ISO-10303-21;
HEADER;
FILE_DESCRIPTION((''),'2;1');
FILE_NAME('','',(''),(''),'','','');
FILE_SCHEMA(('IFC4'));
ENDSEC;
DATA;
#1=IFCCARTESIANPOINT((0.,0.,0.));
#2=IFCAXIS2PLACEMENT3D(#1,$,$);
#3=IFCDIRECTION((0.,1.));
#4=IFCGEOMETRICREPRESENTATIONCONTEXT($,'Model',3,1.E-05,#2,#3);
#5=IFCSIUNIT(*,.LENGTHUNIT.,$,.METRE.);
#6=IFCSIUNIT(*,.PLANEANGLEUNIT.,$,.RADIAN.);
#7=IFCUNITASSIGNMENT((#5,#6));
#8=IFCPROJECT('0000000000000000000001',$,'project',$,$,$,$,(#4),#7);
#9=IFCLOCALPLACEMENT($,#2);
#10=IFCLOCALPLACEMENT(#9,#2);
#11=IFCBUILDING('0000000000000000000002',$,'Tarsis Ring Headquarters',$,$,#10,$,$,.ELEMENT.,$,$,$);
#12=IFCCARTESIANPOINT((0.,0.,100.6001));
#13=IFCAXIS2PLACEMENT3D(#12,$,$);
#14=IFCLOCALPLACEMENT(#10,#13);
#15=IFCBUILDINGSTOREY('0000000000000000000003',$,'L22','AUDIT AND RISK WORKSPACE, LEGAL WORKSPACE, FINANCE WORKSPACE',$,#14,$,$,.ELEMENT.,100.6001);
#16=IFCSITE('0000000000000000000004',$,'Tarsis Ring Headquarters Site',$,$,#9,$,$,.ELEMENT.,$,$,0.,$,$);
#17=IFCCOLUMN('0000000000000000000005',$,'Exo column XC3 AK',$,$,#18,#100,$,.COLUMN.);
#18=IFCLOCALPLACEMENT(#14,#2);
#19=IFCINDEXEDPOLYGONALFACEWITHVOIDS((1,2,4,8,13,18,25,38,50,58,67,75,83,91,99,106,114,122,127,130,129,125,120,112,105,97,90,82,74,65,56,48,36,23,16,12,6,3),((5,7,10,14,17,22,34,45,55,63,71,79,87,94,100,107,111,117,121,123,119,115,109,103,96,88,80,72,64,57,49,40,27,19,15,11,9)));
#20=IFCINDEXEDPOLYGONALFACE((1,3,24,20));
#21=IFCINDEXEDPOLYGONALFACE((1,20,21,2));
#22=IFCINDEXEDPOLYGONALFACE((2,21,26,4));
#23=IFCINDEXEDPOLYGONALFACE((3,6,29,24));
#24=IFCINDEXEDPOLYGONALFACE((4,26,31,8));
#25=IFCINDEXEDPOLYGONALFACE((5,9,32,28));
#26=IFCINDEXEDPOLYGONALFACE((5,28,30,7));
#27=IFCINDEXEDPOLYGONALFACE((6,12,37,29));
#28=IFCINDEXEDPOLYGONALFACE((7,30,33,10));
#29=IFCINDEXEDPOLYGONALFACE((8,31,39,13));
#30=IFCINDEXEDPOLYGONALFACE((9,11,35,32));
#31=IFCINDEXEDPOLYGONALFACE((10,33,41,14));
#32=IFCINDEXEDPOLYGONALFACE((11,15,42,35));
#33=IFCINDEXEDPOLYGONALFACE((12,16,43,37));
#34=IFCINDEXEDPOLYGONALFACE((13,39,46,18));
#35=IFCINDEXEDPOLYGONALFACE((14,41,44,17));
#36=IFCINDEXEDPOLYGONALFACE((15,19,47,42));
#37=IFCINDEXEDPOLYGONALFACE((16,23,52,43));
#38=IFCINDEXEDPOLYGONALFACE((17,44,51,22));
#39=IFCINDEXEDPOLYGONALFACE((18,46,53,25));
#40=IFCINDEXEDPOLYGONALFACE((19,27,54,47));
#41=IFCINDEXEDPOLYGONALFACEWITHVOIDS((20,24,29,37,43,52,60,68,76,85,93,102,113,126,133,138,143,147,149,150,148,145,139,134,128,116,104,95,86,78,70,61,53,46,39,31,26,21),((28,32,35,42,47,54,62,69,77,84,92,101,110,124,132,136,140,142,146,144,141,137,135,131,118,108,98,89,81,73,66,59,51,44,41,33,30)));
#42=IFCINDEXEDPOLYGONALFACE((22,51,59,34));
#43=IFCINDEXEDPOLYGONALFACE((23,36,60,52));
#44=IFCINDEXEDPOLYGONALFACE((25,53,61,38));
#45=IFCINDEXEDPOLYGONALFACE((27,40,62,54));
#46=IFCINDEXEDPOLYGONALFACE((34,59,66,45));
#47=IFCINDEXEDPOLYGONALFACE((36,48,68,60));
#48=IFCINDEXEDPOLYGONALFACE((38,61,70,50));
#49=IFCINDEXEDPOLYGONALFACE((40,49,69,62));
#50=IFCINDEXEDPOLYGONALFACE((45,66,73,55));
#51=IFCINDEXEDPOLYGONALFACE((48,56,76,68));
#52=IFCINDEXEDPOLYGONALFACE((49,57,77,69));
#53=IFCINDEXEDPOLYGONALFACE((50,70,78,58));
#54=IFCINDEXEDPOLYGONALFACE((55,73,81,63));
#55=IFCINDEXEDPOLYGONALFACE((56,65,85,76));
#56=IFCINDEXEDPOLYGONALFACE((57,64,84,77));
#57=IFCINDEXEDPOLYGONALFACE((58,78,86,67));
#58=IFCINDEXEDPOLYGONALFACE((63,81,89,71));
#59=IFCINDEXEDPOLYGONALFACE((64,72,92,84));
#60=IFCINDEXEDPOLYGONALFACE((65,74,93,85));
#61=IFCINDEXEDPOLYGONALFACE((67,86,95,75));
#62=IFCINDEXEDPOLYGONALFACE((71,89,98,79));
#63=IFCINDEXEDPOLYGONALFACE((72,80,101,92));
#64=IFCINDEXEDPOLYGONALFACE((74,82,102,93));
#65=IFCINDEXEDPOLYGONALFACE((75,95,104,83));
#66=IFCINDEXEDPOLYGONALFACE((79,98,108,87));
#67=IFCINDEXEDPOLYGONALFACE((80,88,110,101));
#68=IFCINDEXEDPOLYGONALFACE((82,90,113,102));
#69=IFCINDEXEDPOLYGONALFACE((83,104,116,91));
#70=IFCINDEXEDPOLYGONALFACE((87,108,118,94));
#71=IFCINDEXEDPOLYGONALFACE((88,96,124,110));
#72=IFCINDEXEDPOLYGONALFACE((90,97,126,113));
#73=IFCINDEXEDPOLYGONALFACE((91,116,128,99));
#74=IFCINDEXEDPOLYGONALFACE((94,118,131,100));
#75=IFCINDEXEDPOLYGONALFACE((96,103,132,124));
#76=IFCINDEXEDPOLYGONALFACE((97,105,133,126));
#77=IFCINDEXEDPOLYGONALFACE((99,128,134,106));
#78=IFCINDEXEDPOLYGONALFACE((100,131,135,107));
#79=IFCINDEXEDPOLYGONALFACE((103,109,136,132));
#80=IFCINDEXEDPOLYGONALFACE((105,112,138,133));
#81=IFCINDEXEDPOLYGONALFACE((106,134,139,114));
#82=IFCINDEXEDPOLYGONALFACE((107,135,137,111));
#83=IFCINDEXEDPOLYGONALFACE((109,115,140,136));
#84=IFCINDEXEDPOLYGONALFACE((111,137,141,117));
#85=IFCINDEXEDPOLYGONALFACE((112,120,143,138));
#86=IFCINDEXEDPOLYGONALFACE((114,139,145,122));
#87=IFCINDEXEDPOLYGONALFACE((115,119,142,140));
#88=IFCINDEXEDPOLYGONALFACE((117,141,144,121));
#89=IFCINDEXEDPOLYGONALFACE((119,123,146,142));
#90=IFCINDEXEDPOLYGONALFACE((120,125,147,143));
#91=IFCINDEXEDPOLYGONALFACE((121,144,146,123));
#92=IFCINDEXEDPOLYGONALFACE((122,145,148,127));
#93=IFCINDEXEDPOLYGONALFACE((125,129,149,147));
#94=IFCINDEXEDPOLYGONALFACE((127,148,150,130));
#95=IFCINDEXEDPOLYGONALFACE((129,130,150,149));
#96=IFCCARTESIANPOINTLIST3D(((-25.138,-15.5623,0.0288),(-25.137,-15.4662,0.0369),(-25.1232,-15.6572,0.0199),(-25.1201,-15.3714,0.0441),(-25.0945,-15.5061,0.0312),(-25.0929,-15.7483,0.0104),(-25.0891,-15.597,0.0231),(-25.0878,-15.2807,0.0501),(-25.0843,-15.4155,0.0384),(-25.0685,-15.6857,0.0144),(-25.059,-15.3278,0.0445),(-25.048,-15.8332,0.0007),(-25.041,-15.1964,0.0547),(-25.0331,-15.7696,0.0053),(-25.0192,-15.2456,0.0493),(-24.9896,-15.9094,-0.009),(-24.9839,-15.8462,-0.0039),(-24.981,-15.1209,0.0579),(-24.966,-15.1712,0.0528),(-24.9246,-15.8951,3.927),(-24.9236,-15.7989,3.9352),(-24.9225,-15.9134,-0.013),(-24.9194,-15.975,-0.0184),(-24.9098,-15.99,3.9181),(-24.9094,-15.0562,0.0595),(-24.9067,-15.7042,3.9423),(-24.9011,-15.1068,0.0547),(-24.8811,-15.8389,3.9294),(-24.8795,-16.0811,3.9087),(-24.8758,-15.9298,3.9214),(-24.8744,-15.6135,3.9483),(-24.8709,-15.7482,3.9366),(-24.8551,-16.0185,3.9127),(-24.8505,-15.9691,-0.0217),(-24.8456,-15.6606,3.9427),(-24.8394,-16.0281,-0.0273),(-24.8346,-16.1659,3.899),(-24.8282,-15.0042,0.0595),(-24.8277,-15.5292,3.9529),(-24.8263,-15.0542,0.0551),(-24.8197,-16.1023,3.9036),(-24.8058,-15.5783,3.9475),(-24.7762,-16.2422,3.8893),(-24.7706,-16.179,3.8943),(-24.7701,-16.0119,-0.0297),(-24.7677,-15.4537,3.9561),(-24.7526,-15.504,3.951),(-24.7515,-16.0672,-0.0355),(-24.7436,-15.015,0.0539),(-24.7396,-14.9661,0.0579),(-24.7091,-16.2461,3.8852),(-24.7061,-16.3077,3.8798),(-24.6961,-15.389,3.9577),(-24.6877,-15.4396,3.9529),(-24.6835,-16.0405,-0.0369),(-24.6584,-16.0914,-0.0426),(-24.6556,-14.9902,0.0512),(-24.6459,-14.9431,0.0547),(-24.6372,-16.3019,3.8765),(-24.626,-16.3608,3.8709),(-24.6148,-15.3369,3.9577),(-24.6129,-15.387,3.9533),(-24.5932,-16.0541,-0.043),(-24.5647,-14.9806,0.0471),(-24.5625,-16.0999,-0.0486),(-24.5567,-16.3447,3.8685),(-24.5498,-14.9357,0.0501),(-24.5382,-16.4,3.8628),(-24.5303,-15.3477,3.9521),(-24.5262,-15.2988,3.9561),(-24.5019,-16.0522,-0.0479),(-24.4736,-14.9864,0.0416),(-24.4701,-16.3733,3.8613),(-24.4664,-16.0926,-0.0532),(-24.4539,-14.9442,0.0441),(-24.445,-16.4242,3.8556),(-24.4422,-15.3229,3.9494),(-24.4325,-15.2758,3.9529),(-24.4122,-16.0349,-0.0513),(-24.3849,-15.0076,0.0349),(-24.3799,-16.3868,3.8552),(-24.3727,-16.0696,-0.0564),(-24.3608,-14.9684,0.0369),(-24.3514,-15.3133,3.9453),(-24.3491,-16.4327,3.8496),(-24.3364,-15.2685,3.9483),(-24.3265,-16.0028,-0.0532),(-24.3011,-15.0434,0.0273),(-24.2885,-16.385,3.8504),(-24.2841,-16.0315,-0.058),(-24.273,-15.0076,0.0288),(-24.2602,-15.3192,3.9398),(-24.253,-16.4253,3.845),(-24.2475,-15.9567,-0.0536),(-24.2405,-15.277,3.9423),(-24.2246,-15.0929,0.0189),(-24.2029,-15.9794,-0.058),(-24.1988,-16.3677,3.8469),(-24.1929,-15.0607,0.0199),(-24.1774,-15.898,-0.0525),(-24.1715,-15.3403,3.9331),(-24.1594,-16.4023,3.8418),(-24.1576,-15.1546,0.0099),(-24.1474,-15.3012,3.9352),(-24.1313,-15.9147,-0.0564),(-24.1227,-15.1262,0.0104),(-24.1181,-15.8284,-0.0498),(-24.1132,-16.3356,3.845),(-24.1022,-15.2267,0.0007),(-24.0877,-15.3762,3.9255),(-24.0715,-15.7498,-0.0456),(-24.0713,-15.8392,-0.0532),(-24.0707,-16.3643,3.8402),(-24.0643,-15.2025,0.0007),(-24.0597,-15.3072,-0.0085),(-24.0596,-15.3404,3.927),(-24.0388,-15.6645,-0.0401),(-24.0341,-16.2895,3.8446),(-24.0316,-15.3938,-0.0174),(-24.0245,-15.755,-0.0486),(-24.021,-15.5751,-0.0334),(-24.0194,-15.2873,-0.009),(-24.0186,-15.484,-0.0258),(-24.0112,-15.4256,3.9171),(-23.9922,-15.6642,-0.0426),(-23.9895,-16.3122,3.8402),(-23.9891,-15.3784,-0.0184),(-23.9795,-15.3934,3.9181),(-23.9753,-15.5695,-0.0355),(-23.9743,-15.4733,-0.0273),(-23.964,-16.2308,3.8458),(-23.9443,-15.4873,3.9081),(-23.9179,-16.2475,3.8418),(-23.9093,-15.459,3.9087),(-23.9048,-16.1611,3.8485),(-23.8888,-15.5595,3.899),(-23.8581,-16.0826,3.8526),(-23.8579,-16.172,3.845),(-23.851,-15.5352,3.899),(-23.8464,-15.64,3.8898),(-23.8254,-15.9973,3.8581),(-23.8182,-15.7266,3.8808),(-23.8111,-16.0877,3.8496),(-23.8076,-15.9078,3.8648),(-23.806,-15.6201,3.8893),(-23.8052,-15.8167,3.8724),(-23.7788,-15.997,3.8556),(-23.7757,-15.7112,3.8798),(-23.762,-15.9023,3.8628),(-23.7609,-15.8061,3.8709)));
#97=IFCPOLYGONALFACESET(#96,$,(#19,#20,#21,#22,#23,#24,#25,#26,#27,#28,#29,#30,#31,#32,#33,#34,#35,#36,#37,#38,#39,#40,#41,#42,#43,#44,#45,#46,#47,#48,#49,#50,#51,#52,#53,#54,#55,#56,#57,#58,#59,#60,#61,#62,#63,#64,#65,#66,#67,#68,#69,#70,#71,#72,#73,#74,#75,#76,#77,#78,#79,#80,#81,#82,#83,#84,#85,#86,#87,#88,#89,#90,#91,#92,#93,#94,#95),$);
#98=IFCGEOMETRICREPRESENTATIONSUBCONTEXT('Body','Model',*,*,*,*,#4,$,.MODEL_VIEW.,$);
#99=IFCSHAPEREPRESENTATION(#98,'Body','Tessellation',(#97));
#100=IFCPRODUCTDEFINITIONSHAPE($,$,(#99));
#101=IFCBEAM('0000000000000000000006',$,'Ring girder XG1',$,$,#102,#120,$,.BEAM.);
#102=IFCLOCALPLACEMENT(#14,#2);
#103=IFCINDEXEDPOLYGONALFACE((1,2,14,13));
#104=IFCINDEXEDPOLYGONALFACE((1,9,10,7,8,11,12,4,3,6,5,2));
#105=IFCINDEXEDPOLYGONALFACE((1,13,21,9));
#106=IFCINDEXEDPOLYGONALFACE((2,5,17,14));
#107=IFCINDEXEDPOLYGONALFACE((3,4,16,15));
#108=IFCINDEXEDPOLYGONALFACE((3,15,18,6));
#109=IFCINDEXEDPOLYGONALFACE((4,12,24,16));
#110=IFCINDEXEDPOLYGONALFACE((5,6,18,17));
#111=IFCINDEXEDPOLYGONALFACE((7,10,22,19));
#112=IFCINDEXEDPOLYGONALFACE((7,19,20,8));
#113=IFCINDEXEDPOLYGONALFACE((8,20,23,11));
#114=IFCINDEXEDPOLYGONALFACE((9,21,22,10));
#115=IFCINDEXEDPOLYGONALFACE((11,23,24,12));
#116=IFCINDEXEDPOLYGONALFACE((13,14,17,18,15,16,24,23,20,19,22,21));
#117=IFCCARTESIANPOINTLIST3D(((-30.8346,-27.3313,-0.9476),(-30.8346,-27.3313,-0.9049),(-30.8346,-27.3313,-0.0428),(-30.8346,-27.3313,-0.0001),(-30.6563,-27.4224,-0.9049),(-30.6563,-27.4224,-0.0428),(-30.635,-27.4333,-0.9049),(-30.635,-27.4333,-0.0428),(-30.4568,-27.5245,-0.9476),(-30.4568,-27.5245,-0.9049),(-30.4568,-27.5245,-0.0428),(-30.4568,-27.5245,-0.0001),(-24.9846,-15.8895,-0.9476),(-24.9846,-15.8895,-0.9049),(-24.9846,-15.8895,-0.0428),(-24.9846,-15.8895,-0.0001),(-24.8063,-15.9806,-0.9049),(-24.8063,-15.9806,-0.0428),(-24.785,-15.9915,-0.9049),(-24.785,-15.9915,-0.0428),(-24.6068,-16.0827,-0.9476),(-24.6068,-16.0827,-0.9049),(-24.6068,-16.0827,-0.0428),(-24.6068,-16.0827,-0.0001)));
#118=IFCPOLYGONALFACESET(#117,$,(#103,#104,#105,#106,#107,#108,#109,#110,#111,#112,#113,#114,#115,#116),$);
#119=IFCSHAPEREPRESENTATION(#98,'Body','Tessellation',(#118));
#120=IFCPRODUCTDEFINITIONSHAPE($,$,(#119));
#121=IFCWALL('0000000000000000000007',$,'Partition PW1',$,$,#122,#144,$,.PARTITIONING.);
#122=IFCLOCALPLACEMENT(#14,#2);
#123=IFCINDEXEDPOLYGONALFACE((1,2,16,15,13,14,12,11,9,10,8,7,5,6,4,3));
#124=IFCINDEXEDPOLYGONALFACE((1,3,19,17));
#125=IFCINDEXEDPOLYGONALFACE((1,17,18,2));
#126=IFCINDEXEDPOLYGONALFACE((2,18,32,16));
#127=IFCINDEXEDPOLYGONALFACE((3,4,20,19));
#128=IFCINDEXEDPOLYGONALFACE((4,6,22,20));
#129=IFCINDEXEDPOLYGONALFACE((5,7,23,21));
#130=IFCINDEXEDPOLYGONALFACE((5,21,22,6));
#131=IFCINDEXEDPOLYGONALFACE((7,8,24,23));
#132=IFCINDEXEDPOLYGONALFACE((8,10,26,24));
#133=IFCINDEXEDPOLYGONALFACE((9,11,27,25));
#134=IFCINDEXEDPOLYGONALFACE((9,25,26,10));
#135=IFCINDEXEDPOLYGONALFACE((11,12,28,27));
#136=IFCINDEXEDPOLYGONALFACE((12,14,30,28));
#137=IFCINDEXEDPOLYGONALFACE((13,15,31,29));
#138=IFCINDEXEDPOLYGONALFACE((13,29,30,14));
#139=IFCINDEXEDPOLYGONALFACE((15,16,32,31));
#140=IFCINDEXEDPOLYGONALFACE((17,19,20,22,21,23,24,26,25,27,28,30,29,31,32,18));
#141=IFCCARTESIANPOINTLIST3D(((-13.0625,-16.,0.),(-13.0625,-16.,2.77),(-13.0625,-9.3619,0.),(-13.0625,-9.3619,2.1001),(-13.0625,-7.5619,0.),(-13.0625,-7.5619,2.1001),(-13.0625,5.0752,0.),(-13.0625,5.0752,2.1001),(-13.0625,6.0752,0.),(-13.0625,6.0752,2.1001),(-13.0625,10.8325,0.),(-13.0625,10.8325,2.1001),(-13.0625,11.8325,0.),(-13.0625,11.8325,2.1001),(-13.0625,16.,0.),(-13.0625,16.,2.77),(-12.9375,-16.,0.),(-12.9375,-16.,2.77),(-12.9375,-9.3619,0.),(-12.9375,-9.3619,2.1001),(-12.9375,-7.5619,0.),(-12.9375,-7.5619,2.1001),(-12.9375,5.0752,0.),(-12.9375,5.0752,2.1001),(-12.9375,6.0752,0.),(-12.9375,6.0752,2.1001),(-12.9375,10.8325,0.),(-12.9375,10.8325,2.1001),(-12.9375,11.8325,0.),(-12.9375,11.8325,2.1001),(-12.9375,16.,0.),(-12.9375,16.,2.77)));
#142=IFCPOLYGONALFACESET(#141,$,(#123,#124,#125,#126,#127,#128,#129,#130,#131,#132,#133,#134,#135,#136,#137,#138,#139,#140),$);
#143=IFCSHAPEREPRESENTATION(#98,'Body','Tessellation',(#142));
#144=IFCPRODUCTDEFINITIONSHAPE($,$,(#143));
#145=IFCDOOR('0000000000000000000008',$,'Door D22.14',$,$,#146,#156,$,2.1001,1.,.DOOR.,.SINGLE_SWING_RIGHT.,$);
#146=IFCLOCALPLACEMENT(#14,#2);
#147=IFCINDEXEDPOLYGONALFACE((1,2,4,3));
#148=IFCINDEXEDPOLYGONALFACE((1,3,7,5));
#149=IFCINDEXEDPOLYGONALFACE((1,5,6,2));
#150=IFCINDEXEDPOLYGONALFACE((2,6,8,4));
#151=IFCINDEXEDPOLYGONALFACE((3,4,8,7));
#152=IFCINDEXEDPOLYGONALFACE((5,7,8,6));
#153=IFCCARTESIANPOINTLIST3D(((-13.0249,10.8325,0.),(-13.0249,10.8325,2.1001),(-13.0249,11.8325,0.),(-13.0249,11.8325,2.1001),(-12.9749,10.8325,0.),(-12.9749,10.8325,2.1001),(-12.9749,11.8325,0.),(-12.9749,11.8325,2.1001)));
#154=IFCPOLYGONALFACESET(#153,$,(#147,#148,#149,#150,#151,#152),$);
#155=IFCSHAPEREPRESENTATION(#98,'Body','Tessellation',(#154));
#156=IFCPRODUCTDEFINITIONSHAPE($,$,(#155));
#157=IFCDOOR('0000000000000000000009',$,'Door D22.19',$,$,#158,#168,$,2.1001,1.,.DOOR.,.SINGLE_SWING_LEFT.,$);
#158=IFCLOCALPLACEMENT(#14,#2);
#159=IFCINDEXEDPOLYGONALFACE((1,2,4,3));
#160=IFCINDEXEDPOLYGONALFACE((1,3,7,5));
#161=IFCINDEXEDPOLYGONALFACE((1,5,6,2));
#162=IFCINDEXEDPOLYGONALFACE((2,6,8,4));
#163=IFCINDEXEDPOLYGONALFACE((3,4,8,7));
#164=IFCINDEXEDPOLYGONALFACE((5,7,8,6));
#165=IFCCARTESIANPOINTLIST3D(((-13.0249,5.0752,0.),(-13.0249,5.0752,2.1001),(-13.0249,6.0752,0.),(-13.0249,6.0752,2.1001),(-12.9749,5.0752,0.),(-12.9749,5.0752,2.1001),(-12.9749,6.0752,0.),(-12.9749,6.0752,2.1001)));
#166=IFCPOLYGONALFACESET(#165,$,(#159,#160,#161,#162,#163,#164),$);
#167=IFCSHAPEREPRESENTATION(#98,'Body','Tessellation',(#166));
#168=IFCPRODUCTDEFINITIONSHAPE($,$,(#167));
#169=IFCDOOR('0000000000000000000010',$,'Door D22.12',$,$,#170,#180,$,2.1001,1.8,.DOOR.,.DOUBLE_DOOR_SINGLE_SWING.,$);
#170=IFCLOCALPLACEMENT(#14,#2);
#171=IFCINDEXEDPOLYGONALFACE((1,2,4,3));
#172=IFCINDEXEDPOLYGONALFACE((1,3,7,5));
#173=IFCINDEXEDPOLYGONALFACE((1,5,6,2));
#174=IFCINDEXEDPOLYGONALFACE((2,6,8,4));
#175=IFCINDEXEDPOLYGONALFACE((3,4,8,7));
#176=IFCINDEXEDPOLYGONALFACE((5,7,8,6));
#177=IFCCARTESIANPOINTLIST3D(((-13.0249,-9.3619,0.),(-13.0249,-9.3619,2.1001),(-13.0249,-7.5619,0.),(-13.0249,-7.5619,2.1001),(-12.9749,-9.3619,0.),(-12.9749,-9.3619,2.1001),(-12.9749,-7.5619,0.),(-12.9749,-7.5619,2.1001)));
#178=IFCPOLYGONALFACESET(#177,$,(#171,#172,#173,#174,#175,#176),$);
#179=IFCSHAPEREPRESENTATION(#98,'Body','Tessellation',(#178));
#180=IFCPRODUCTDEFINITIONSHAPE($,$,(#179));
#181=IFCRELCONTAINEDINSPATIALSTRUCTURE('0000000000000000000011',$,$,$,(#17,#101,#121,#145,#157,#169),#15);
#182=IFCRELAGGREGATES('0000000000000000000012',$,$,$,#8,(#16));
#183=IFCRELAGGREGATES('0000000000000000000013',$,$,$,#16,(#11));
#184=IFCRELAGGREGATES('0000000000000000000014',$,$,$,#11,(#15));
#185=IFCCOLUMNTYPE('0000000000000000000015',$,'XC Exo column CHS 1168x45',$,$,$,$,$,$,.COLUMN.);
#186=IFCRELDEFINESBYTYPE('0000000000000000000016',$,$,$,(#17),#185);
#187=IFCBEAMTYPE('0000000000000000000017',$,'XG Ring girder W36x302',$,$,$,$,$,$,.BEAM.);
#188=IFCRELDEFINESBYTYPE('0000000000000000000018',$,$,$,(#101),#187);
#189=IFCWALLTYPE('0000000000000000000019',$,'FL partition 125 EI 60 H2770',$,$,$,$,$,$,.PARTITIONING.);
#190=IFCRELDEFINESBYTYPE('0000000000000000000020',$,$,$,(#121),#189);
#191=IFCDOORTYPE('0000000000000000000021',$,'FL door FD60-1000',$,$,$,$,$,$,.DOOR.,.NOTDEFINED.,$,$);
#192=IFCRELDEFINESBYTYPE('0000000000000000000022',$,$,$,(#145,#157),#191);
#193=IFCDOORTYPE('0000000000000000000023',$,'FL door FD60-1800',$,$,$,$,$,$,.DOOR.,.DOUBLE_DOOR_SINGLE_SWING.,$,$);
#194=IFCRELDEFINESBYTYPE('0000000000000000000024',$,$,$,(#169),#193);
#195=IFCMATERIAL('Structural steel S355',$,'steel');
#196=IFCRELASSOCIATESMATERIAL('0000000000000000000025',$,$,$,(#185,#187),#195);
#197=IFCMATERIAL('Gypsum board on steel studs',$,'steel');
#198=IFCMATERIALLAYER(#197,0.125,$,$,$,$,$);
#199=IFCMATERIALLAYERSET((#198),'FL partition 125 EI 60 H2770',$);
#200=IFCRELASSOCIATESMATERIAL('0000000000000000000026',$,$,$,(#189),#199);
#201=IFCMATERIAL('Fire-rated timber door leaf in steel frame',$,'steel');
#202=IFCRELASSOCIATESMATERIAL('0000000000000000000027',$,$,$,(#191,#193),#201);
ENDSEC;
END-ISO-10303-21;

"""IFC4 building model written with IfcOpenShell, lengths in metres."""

from ifc_helpers import new_model, si_unit, direction, frame, frame_2d, origin, origin_2d, place, context, subcontext, project, spatial, rectangle, hollow_circle, i_section, extrude, material, layer, layer_set, material_profile, profile_set, type_object, element, fill, save


model = new_model("IFC4")

# Units and contexts
model_context = context("Model", 3, precision=1e-05, world=origin(), true_north=direction((0.0, 1.0)))
body_context = subcontext(model_context, "Body", "Model", "MODEL_VIEW")
ifc_project = project(units=[si_unit("LENGTHUNIT", "METRE"), si_unit("PLANEANGLEUNIT", "RADIAN")], contexts=[model_context])

# Site, building, storey
site_placement = place(None, origin())
site = spatial("IfcSite", under=ifc_project, at=site_placement, Name="Tarsis Ring Headquarters Site", CompositionType="ELEMENT", RefElevation=0.0)
building_placement = place(site_placement, origin())
building = spatial("IfcBuilding", under=site, at=building_placement, Name="Tarsis Ring Headquarters", CompositionType="ELEMENT")
storey_placement = place(building_placement, frame((0.0, 0.0, 100.6001)))
storey = spatial("IfcBuildingStorey", under=building, at=storey_placement, Name="L22", Description="AUDIT AND RISK WORKSPACE, LEGAL WORKSPACE, FINANCE WORKSPACE", CompositionType="ELEMENT", Elevation=100.6001)

# Column
ifc_material_1 = material(Name="Structural steel S355", Category="steel")
ifc_material_profile_1 = material_profile(ifc_material_1, hollow_circle(Radius=0.5842, WallThickness=0.0449, at=origin_2d()), Name="CHS 1168x45")
ifc_profile_set_1 = profile_set([ifc_material_profile_1], Name="Structural steel S355")
column_type = type_object("IfcColumnType", Name="XC Exo column CHS 1168x45", PredefinedType="COLUMN", material=ifc_profile_set_1)
column_placement = place(storey_placement, frame((-24.5562, -15.5178, 0.0007), z_axis=(0.054459, -0.084928, 0.994898), x_axis=(0.8418, 0.53979, 0.0)))
element("IfcColumn", 1, at=column_placement, inside=storey, type_object=column_type, Name="Exo column XC3 AK", PredefinedType="COLUMN", context=body_context, shape_type="SweptSolid", body=[
    extrude(hollow_circle(Radius=0.5842, WallThickness=0.0449, at=origin_2d()), origin(), (0.0, 0.0, 1.0), 3.9182),
])

# Beam
ifc_material_profile_2 = material_profile(ifc_material_1, i_section(OverallWidth=0.4243, OverallDepth=0.9475, WebThickness=0.0239, FlangeThickness=0.0427, at=origin_2d()), Name="W36x302")
ifc_profile_set_2 = profile_set([ifc_material_profile_2], Name="Structural steel S355")
beam_type = type_object("IfcBeamType", Name="XG Ring girder W36x302", PredefinedType="BEAM", material=ifc_profile_set_2)
beam_placement = place(storey_placement, frame((-24.7957, -15.9861, -0.4739), z_axis=(-0.455236, -0.890371, 0.0), x_axis=(0.890371, -0.455236, 0.0)))
element("IfcBeam", 2, at=beam_placement, inside=storey, type_object=beam_type, Name="Ring girder XG1", PredefinedType="BEAM", context=body_context, shape_type="SweptSolid", body=[
    extrude(i_section(OverallWidth=0.4243, OverallDepth=0.9475, WebThickness=0.0239, FlangeThickness=0.0427, at=origin_2d()), origin(), (0.0, 0.0, 1.0), 12.8506),
])

# Wall, openings, doors
ifc_material_2 = material(Name="Gypsum board on steel studs", Category="steel")
ifc_layer_1 = layer(ifc_material_2, 0.125)
ifc_layer_set_1 = layer_set([ifc_layer_1], Name="FL partition 125 EI 60 H2770")
wall_type_1 = type_object("IfcWallType", Name="FL partition 125 EI 60 H2770", PredefinedType="PARTITIONING", material=ifc_layer_set_1)
wall_1_placement = place(storey_placement, frame((-13.0, -16.0, 0.0), z_axis=(0.0, 0.0, 1.0), x_axis=(0.0, 1.0, 0.0)))
wall_1 = element("IfcWall", 3, at=wall_1_placement, inside=storey, type_object=wall_type_1, Name="Partition PW1", PredefinedType="PARTITIONING", context=body_context, shape_type="SweptSolid", body=[
    extrude(rectangle(XDim=32.0, YDim=0.125, at=frame_2d((16.0, 0.0))), origin(), (0.0, 0.0, 1.0), 2.77),
])
opening_1_placement = place(wall_1_placement, frame((6.6382, 0.0, 0.0)))
opening_1 = element("IfcOpeningElement", 4, at=opening_1_placement, cuts=wall_1, PredefinedType="OPENING", context=body_context, shape_type="SweptSolid", body=[
    extrude(rectangle(XDim=1.8, YDim=2.1001, at=frame_2d((0.8999, 1.05))), frame((0.0, 0.0725, 0.0), z_axis=(0.0, -1.0, 0.0), x_axis=(1.0, 0.0, 0.0)), (0.0, 0.0, 1.0), 0.145),
])
opening_2_placement = place(wall_1_placement, frame((26.8325, 0.0, 0.0)))
opening_2 = element("IfcOpeningElement", 5, at=opening_2_placement, cuts=wall_1, PredefinedType="OPENING", context=body_context, shape_type="SweptSolid", body=[
    extrude(rectangle(XDim=1.0, YDim=2.1001, at=frame_2d((0.5, 1.05))), frame((0.0, 0.0725, 0.0), z_axis=(0.0, -1.0, 0.0), x_axis=(1.0, 0.0, 0.0)), (0.0, 0.0, 1.0), 0.145),
])
opening_3_placement = place(wall_1_placement, frame((21.0752, 0.0, 0.0)))
opening_3 = element("IfcOpeningElement", 6, at=opening_3_placement, cuts=wall_1, PredefinedType="OPENING", context=body_context, shape_type="SweptSolid", body=[
    extrude(rectangle(XDim=1.0, YDim=2.1001, at=frame_2d((0.5, 1.05))), frame((0.0, 0.0725, 0.0), z_axis=(0.0, -1.0, 0.0), x_axis=(1.0, 0.0, 0.0)), (0.0, 0.0, 1.0), 0.145),
])
ifc_material_3 = material(Name="Fire-rated timber door leaf in steel frame", Category="steel")
door_type_1 = type_object("IfcDoorType", Name="FL door FD60-1000", OperationType="NOTDEFINED", PredefinedType="DOOR", material=ifc_material_3)
door_1_placement = place(opening_2_placement, origin())
door_1 = element("IfcDoor", 7, at=door_1_placement, inside=storey, type_object=door_type_1, Name="Door D22.14", OperationType="SINGLE_SWING_RIGHT", OverallHeight=2.1001, OverallWidth=1.0, PredefinedType="DOOR", context=body_context, shape_type="SweptSolid", body=[
    extrude(rectangle(XDim=1.0, YDim=2.1001, at=frame_2d((0.5, 1.05))), frame((0.0, 0.0249, 0.0), z_axis=(0.0, -1.0, 0.0), x_axis=(1.0, 0.0, 0.0)), (0.0, 0.0, 1.0), 0.05),
])
fill(opening_2, door_1)
door_2_placement = place(opening_3_placement, origin())
door_2 = element("IfcDoor", 8, at=door_2_placement, inside=storey, type_object=door_type_1, Name="Door D22.19", OperationType="SINGLE_SWING_LEFT", OverallHeight=2.1001, OverallWidth=1.0, PredefinedType="DOOR", context=body_context, shape_type="SweptSolid", body=[
    extrude(rectangle(XDim=1.0, YDim=2.1001, at=frame_2d((0.5, 1.05))), frame((0.0, 0.0249, 0.0), z_axis=(0.0, -1.0, 0.0), x_axis=(1.0, 0.0, 0.0)), (0.0, 0.0, 1.0), 0.05),
])
fill(opening_3, door_2)
door_type_2 = type_object("IfcDoorType", Name="FL door FD60-1800", OperationType="DOUBLE_DOOR_SINGLE_SWING", PredefinedType="DOOR", material=ifc_material_3)
door_3_placement = place(opening_1_placement, origin())
door_3 = element("IfcDoor", 9, at=door_3_placement, inside=storey, type_object=door_type_2, Name="Door D22.12", OperationType="DOUBLE_DOOR_SINGLE_SWING", OverallHeight=2.1001, OverallWidth=1.8, PredefinedType="DOOR", context=body_context, shape_type="SweptSolid", body=[
    extrude(rectangle(XDim=1.8, YDim=2.1001, at=frame_2d((0.8999, 1.05))), frame((0.0, 0.0249, 0.0), z_axis=(0.0, -1.0, 0.0), x_axis=(1.0, 0.0, 0.0)), (0.0, 0.0, 1.0), 0.05),
])
fill(opening_1, door_3)

save(model, "model.ifc")
